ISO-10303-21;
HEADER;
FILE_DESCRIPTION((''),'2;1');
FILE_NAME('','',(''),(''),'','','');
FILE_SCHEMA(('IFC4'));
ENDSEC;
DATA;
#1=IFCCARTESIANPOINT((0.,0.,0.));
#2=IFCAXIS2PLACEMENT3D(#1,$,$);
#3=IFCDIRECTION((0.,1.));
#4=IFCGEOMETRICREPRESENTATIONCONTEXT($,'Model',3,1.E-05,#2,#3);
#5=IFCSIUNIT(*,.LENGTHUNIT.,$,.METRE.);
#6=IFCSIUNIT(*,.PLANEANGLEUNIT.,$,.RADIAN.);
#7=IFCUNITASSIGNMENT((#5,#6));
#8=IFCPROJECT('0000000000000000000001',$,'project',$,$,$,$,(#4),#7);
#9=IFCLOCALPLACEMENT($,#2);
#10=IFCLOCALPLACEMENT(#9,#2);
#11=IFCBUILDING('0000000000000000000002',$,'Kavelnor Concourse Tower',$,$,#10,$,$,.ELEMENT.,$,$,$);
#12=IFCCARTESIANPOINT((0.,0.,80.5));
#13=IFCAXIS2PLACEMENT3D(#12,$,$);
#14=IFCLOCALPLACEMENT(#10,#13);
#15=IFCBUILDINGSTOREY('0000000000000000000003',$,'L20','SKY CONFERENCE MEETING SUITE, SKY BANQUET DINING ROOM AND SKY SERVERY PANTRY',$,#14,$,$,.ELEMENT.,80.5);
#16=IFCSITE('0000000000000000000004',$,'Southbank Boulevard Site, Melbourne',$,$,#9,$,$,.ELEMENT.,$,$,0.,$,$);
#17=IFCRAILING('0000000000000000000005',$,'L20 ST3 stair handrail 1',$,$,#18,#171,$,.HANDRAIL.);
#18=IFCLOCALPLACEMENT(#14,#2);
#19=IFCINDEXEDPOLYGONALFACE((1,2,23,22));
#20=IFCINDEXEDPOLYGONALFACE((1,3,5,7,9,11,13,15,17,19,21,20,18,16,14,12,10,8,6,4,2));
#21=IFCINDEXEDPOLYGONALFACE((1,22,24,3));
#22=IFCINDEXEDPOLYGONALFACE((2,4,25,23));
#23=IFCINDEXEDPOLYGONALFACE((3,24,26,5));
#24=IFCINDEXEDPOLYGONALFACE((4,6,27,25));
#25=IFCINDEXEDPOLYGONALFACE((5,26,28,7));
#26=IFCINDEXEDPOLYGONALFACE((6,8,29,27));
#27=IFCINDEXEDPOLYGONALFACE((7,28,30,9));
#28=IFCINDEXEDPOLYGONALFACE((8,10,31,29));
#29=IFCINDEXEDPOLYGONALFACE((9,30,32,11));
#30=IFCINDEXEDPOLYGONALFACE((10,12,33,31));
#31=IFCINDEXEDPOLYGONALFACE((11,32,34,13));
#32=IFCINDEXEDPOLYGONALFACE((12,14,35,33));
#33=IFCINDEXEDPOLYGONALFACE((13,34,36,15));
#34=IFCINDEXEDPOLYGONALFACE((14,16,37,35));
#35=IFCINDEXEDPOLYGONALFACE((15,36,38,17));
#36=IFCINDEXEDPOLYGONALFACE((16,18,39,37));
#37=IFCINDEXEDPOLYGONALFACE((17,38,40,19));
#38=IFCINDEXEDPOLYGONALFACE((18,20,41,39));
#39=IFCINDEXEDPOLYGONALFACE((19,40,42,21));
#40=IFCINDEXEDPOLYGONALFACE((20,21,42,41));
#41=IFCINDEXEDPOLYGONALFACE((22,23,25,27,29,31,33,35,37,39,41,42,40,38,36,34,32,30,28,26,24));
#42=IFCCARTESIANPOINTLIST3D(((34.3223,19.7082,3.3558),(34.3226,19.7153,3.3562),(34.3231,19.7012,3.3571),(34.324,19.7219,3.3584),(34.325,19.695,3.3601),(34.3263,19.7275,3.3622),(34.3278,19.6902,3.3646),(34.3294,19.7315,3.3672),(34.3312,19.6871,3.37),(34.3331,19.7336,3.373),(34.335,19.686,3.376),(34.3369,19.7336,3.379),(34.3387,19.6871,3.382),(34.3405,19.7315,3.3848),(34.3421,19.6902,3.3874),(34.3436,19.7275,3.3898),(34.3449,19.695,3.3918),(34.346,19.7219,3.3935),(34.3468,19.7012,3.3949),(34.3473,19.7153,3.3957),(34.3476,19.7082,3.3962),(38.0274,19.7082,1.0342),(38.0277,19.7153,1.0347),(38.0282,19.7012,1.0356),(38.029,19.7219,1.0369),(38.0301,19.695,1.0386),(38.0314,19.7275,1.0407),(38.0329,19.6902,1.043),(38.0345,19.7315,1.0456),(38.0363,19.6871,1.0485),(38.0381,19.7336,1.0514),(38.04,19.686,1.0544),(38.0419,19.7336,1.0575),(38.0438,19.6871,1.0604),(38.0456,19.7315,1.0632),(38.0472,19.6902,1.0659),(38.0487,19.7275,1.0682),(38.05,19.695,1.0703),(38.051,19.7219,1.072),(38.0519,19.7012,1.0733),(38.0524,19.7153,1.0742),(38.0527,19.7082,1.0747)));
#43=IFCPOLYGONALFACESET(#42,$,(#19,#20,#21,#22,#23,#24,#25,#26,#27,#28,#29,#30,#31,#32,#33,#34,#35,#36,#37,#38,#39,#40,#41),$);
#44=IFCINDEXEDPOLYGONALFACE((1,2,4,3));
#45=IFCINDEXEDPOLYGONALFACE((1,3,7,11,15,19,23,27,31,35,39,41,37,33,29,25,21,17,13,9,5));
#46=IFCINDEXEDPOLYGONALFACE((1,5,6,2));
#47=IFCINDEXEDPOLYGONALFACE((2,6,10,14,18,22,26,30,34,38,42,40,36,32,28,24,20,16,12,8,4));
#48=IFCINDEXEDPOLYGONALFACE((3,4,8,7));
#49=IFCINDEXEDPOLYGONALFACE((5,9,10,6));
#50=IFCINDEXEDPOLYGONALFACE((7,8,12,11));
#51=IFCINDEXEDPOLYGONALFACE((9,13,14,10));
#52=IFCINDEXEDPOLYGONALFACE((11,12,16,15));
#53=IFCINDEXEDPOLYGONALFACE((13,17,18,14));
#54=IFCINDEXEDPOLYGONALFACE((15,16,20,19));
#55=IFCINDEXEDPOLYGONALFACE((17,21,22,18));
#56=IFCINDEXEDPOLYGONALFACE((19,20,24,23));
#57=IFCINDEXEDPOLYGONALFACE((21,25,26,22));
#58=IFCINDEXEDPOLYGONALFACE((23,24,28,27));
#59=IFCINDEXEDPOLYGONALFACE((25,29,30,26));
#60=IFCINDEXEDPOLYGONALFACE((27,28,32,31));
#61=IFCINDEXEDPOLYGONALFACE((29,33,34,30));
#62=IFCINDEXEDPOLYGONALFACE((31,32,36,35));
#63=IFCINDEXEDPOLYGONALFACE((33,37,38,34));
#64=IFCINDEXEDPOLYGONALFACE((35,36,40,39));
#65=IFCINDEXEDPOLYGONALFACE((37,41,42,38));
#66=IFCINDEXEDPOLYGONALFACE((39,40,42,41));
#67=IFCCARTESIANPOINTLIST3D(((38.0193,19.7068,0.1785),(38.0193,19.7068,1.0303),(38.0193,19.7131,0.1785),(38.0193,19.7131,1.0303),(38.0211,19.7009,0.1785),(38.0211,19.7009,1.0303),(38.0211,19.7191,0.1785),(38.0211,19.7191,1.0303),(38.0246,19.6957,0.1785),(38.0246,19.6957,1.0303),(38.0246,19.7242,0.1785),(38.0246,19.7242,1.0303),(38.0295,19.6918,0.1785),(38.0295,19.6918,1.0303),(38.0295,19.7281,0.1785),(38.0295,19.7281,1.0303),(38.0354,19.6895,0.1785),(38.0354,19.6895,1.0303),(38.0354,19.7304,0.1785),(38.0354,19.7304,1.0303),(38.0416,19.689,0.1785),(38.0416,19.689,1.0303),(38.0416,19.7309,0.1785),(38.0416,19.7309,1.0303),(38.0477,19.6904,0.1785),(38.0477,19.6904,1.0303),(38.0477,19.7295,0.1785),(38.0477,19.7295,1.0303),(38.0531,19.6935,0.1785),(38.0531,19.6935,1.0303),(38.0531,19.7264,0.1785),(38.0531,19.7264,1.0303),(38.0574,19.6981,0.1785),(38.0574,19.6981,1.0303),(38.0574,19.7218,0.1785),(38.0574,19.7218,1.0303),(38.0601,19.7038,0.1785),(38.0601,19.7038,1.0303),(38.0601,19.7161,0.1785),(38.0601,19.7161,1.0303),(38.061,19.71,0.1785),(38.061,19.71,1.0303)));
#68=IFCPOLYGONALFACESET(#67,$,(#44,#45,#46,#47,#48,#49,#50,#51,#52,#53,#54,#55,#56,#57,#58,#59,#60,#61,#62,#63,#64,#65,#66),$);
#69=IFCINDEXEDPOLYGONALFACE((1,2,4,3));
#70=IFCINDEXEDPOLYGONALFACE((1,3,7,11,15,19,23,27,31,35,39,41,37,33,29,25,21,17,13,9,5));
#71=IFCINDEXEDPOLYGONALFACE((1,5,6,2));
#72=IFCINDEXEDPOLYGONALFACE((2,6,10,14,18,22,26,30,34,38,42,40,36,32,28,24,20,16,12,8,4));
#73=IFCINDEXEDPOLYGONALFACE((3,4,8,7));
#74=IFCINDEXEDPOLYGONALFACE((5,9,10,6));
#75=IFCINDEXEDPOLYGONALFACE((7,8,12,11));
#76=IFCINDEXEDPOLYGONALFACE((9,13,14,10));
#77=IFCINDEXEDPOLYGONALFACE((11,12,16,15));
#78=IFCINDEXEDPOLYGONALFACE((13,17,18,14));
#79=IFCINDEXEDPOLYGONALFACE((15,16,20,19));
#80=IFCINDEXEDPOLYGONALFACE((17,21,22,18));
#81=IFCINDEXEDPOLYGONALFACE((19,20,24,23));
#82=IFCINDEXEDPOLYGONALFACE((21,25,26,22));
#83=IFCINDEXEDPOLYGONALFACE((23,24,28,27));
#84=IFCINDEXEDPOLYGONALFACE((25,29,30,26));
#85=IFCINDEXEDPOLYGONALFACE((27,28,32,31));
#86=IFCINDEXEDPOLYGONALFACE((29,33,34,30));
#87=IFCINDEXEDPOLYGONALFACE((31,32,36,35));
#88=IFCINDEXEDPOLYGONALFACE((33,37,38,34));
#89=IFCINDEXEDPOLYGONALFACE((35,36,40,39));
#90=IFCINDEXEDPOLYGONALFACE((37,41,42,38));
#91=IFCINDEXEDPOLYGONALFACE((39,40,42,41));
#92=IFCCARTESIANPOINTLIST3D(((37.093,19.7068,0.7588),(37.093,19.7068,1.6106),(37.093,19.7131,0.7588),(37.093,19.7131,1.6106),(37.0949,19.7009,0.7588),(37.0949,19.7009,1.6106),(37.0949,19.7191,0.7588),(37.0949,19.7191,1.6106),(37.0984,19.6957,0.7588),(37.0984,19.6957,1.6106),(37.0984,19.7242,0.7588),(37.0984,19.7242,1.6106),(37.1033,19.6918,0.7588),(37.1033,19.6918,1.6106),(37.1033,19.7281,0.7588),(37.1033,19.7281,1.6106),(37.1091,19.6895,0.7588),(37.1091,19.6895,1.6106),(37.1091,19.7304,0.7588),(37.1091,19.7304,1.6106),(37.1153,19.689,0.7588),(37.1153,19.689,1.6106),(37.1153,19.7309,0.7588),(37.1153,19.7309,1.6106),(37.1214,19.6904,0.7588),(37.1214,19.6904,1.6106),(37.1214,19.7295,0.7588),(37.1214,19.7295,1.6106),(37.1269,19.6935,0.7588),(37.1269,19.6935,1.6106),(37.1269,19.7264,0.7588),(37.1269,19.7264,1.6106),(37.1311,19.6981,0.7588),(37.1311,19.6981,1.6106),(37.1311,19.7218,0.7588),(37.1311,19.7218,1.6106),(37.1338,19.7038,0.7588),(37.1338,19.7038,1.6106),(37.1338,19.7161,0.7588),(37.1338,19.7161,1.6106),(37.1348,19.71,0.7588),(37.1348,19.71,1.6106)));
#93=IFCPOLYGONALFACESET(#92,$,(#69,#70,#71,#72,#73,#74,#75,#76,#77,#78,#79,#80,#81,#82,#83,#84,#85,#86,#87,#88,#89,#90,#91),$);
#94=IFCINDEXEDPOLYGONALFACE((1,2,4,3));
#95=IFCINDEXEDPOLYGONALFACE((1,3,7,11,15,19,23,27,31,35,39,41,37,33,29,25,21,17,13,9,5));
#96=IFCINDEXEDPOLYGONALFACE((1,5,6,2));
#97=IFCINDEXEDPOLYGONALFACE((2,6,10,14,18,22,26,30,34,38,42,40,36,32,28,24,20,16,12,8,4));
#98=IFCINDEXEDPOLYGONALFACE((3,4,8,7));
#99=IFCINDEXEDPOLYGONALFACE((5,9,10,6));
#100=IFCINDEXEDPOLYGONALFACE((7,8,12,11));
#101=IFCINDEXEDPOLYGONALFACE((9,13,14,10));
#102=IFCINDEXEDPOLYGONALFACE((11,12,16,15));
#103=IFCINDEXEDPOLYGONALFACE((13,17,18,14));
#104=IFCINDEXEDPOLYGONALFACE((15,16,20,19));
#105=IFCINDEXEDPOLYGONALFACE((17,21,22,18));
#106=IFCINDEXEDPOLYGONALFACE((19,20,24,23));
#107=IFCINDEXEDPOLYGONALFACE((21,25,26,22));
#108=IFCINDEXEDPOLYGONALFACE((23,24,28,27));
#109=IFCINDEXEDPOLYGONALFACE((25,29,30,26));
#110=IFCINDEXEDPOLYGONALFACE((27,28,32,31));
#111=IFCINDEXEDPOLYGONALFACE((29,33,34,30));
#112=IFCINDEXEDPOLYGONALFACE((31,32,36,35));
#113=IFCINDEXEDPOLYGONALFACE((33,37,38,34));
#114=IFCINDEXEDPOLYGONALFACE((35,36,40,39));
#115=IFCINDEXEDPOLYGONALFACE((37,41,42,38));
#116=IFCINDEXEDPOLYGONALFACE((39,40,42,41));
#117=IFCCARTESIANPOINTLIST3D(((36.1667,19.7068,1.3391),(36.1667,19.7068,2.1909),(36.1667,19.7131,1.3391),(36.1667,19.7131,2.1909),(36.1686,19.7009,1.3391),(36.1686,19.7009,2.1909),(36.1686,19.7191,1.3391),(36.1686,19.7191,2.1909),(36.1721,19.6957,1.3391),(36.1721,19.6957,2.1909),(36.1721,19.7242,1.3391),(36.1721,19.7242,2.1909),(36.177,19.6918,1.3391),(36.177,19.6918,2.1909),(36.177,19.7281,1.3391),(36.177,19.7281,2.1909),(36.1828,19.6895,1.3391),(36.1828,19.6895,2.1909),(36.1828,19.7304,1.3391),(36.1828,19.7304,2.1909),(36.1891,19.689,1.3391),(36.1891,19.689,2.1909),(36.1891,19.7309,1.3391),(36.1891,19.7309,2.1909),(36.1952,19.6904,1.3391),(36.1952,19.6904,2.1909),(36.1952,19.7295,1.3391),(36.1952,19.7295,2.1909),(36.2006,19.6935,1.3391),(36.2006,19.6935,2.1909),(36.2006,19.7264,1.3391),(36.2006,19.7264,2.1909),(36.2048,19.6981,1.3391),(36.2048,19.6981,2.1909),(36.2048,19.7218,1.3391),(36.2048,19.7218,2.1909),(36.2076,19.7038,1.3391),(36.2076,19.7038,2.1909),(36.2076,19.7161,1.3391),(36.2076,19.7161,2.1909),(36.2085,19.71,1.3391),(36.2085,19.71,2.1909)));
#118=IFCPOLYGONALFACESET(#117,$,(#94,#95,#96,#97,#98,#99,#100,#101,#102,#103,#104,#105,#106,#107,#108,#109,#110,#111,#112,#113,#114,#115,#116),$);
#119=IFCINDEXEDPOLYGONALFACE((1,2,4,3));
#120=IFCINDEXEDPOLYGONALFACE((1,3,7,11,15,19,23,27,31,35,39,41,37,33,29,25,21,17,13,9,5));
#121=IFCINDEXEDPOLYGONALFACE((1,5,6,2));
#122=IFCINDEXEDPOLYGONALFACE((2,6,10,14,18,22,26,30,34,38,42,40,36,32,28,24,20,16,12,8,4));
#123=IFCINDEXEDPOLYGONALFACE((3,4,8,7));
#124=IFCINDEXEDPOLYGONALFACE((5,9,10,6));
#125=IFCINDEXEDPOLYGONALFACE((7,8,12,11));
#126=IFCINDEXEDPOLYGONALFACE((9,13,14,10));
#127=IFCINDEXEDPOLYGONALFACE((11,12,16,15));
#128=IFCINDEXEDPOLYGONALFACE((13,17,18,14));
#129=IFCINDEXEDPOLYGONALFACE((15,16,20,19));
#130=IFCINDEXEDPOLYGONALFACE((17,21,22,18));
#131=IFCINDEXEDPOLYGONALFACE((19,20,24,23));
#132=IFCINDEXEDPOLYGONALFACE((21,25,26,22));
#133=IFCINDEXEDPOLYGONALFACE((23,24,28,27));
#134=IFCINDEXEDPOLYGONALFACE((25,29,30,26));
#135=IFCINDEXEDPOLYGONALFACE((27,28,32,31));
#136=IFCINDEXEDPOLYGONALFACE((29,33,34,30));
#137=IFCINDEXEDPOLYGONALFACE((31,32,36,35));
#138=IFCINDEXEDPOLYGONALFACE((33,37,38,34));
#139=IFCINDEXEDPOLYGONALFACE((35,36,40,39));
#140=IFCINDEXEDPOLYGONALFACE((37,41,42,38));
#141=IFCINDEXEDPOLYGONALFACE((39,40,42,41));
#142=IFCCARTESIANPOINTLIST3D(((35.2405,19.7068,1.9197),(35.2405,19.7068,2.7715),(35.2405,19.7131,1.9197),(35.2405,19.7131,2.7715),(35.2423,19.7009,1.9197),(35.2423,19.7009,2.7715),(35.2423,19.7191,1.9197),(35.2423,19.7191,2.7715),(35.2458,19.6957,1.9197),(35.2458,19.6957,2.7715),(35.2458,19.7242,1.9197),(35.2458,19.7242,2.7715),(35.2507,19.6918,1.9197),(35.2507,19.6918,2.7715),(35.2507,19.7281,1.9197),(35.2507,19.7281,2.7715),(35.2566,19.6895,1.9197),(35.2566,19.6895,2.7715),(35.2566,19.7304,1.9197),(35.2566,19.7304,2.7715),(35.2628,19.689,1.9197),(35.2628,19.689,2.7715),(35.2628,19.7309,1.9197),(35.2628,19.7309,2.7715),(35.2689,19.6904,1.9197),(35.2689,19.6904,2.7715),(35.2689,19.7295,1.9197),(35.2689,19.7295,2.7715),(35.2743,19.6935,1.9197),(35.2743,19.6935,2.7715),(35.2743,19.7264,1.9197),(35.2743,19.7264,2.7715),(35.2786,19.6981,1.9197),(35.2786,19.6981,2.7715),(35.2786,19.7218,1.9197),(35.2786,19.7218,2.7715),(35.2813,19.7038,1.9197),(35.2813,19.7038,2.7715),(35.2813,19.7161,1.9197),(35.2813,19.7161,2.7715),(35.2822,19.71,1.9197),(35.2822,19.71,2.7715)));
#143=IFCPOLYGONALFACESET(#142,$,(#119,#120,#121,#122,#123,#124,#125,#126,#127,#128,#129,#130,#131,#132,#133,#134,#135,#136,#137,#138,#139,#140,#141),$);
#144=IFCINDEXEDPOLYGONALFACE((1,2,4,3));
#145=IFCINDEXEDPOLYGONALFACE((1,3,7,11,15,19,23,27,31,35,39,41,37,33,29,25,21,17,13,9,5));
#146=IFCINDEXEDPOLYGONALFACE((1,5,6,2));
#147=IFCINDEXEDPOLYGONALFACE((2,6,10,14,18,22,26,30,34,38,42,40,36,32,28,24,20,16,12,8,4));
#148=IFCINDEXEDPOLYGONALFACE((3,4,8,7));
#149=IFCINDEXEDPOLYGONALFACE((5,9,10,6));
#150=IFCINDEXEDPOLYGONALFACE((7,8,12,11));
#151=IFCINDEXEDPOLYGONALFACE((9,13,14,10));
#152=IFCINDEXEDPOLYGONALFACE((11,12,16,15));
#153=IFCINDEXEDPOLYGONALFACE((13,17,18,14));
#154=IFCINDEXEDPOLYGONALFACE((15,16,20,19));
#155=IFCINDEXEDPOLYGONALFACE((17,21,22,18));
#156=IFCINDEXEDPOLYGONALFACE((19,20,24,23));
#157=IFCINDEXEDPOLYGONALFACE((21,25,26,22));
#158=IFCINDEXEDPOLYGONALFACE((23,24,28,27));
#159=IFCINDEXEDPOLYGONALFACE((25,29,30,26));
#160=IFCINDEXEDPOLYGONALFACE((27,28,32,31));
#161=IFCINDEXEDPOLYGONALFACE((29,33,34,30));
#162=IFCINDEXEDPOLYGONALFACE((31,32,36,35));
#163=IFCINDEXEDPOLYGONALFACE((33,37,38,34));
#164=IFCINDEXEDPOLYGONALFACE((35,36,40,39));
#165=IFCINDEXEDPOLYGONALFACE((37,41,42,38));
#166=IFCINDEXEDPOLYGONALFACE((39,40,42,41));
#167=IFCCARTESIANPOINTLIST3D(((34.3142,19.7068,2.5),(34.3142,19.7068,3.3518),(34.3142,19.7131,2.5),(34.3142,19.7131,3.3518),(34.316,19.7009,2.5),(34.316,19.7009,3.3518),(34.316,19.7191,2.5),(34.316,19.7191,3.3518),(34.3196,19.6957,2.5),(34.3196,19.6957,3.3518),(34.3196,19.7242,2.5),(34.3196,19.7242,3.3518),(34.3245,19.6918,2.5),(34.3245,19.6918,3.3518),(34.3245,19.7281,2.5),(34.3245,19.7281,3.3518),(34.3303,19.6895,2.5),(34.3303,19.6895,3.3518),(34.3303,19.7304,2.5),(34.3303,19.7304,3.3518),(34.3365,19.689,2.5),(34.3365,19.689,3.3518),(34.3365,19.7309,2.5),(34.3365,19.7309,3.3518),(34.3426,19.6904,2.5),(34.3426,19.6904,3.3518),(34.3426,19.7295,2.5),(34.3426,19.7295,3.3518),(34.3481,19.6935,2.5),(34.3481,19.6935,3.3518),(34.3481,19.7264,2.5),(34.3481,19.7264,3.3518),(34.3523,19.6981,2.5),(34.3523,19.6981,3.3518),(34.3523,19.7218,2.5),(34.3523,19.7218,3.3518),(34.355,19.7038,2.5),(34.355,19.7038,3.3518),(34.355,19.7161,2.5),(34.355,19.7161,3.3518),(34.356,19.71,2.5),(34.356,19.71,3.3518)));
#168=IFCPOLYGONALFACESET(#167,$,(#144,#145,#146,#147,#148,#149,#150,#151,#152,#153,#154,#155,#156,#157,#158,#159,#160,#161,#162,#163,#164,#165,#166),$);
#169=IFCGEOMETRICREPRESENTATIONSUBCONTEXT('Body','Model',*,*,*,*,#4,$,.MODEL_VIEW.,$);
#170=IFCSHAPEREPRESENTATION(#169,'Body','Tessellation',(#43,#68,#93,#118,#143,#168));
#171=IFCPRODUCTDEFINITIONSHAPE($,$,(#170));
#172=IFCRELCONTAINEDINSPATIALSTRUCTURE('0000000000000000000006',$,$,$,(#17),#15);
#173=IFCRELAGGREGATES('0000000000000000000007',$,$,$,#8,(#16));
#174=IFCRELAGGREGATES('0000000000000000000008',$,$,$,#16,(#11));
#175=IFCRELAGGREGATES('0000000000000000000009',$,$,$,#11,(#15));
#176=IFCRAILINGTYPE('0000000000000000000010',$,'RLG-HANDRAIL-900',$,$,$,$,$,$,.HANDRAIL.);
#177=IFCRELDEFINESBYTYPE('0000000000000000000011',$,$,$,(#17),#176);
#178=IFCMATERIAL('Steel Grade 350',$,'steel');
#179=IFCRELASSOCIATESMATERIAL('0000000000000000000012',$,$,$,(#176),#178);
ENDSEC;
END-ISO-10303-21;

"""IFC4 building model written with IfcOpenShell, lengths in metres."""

from ifc_helpers import new_model, si_unit, direction, frame, origin, origin_2d, place, context, subcontext, project, spatial, circle, extrude, material, type_object, element, save


model = new_model("IFC4")

# Units and contexts
model_context = context("Model", 3, precision=1e-05, world=origin(), true_north=direction((0.0, 1.0)))
body_context = subcontext(model_context, "Body", "Model", "MODEL_VIEW")
ifc_project = project(units=[si_unit("LENGTHUNIT", "METRE"), si_unit("PLANEANGLEUNIT", "RADIAN")], contexts=[model_context])

# Site, building, storey
site_placement = place(None, origin())
site = spatial("IfcSite", under=ifc_project, at=site_placement, Name="Southbank Boulevard Site, Melbourne", CompositionType="ELEMENT", RefElevation=0.0)
building_placement = place(site_placement, origin())
building = spatial("IfcBuilding", under=site, at=building_placement, Name="Kavelnor Concourse Tower", CompositionType="ELEMENT")
storey_placement = place(building_placement, frame((0.0, 0.0, 80.5)))
storey = spatial("IfcBuildingStorey", under=building, at=storey_placement, Name="L20", Description="SKY CONFERENCE MEETING SUITE, SKY BANQUET DINING ROOM AND SKY SERVERY PANTRY", CompositionType="ELEMENT", Elevation=80.5)

# Shared definitions
ifc_material_1 = material(Name="Steel Grade 350", Category="steel")

# Railing
railing_type_1 = type_object("IfcRailingType", Name="RLG-HANDRAIL-900", PredefinedType="HANDRAIL", material=ifc_material_1)
railing_1_placement = place(storey_placement, frame((38.04, 19.71, 0.1785)))
element("IfcRailing", 1, at=railing_1_placement, inside=storey, type_object=railing_type_1, Name="L20 ST3 stair handrail 1", PredefinedType="HANDRAIL", context=body_context, shape_type="SweptSolid", body=[
    extrude(circle(Radius=0.0239, at=origin_2d()), frame((0.0, 0.0, 0.876), z_axis=(-0.847395, 0.0, 0.530962), x_axis=(0.0, -1.0, 0.0)), (0.0, 0.0, 1.0), 4.3723),
    extrude(circle(Radius=0.021, at=origin_2d()), origin(), (0.0, 0.0, 1.0), 0.8518),
    extrude(circle(Radius=0.021, at=origin_2d()), frame((-0.9263, 0.0, 0.5803)), (0.0, 0.0, 1.0), 0.8518),
    extrude(circle(Radius=0.021, at=origin_2d()), frame((-1.8525, 0.0, 1.1606)), (0.0, 0.0, 1.0), 0.8518),
    extrude(circle(Radius=0.021, at=origin_2d()), frame((-2.7788, 0.0, 1.7412)), (0.0, 0.0, 1.0), 0.8518),
    extrude(circle(Radius=0.021, at=origin_2d()), frame((-3.7051, 0.0, 2.3215)), (0.0, 0.0, 1.0), 0.8518),
])

save(model, "model.ifc")
